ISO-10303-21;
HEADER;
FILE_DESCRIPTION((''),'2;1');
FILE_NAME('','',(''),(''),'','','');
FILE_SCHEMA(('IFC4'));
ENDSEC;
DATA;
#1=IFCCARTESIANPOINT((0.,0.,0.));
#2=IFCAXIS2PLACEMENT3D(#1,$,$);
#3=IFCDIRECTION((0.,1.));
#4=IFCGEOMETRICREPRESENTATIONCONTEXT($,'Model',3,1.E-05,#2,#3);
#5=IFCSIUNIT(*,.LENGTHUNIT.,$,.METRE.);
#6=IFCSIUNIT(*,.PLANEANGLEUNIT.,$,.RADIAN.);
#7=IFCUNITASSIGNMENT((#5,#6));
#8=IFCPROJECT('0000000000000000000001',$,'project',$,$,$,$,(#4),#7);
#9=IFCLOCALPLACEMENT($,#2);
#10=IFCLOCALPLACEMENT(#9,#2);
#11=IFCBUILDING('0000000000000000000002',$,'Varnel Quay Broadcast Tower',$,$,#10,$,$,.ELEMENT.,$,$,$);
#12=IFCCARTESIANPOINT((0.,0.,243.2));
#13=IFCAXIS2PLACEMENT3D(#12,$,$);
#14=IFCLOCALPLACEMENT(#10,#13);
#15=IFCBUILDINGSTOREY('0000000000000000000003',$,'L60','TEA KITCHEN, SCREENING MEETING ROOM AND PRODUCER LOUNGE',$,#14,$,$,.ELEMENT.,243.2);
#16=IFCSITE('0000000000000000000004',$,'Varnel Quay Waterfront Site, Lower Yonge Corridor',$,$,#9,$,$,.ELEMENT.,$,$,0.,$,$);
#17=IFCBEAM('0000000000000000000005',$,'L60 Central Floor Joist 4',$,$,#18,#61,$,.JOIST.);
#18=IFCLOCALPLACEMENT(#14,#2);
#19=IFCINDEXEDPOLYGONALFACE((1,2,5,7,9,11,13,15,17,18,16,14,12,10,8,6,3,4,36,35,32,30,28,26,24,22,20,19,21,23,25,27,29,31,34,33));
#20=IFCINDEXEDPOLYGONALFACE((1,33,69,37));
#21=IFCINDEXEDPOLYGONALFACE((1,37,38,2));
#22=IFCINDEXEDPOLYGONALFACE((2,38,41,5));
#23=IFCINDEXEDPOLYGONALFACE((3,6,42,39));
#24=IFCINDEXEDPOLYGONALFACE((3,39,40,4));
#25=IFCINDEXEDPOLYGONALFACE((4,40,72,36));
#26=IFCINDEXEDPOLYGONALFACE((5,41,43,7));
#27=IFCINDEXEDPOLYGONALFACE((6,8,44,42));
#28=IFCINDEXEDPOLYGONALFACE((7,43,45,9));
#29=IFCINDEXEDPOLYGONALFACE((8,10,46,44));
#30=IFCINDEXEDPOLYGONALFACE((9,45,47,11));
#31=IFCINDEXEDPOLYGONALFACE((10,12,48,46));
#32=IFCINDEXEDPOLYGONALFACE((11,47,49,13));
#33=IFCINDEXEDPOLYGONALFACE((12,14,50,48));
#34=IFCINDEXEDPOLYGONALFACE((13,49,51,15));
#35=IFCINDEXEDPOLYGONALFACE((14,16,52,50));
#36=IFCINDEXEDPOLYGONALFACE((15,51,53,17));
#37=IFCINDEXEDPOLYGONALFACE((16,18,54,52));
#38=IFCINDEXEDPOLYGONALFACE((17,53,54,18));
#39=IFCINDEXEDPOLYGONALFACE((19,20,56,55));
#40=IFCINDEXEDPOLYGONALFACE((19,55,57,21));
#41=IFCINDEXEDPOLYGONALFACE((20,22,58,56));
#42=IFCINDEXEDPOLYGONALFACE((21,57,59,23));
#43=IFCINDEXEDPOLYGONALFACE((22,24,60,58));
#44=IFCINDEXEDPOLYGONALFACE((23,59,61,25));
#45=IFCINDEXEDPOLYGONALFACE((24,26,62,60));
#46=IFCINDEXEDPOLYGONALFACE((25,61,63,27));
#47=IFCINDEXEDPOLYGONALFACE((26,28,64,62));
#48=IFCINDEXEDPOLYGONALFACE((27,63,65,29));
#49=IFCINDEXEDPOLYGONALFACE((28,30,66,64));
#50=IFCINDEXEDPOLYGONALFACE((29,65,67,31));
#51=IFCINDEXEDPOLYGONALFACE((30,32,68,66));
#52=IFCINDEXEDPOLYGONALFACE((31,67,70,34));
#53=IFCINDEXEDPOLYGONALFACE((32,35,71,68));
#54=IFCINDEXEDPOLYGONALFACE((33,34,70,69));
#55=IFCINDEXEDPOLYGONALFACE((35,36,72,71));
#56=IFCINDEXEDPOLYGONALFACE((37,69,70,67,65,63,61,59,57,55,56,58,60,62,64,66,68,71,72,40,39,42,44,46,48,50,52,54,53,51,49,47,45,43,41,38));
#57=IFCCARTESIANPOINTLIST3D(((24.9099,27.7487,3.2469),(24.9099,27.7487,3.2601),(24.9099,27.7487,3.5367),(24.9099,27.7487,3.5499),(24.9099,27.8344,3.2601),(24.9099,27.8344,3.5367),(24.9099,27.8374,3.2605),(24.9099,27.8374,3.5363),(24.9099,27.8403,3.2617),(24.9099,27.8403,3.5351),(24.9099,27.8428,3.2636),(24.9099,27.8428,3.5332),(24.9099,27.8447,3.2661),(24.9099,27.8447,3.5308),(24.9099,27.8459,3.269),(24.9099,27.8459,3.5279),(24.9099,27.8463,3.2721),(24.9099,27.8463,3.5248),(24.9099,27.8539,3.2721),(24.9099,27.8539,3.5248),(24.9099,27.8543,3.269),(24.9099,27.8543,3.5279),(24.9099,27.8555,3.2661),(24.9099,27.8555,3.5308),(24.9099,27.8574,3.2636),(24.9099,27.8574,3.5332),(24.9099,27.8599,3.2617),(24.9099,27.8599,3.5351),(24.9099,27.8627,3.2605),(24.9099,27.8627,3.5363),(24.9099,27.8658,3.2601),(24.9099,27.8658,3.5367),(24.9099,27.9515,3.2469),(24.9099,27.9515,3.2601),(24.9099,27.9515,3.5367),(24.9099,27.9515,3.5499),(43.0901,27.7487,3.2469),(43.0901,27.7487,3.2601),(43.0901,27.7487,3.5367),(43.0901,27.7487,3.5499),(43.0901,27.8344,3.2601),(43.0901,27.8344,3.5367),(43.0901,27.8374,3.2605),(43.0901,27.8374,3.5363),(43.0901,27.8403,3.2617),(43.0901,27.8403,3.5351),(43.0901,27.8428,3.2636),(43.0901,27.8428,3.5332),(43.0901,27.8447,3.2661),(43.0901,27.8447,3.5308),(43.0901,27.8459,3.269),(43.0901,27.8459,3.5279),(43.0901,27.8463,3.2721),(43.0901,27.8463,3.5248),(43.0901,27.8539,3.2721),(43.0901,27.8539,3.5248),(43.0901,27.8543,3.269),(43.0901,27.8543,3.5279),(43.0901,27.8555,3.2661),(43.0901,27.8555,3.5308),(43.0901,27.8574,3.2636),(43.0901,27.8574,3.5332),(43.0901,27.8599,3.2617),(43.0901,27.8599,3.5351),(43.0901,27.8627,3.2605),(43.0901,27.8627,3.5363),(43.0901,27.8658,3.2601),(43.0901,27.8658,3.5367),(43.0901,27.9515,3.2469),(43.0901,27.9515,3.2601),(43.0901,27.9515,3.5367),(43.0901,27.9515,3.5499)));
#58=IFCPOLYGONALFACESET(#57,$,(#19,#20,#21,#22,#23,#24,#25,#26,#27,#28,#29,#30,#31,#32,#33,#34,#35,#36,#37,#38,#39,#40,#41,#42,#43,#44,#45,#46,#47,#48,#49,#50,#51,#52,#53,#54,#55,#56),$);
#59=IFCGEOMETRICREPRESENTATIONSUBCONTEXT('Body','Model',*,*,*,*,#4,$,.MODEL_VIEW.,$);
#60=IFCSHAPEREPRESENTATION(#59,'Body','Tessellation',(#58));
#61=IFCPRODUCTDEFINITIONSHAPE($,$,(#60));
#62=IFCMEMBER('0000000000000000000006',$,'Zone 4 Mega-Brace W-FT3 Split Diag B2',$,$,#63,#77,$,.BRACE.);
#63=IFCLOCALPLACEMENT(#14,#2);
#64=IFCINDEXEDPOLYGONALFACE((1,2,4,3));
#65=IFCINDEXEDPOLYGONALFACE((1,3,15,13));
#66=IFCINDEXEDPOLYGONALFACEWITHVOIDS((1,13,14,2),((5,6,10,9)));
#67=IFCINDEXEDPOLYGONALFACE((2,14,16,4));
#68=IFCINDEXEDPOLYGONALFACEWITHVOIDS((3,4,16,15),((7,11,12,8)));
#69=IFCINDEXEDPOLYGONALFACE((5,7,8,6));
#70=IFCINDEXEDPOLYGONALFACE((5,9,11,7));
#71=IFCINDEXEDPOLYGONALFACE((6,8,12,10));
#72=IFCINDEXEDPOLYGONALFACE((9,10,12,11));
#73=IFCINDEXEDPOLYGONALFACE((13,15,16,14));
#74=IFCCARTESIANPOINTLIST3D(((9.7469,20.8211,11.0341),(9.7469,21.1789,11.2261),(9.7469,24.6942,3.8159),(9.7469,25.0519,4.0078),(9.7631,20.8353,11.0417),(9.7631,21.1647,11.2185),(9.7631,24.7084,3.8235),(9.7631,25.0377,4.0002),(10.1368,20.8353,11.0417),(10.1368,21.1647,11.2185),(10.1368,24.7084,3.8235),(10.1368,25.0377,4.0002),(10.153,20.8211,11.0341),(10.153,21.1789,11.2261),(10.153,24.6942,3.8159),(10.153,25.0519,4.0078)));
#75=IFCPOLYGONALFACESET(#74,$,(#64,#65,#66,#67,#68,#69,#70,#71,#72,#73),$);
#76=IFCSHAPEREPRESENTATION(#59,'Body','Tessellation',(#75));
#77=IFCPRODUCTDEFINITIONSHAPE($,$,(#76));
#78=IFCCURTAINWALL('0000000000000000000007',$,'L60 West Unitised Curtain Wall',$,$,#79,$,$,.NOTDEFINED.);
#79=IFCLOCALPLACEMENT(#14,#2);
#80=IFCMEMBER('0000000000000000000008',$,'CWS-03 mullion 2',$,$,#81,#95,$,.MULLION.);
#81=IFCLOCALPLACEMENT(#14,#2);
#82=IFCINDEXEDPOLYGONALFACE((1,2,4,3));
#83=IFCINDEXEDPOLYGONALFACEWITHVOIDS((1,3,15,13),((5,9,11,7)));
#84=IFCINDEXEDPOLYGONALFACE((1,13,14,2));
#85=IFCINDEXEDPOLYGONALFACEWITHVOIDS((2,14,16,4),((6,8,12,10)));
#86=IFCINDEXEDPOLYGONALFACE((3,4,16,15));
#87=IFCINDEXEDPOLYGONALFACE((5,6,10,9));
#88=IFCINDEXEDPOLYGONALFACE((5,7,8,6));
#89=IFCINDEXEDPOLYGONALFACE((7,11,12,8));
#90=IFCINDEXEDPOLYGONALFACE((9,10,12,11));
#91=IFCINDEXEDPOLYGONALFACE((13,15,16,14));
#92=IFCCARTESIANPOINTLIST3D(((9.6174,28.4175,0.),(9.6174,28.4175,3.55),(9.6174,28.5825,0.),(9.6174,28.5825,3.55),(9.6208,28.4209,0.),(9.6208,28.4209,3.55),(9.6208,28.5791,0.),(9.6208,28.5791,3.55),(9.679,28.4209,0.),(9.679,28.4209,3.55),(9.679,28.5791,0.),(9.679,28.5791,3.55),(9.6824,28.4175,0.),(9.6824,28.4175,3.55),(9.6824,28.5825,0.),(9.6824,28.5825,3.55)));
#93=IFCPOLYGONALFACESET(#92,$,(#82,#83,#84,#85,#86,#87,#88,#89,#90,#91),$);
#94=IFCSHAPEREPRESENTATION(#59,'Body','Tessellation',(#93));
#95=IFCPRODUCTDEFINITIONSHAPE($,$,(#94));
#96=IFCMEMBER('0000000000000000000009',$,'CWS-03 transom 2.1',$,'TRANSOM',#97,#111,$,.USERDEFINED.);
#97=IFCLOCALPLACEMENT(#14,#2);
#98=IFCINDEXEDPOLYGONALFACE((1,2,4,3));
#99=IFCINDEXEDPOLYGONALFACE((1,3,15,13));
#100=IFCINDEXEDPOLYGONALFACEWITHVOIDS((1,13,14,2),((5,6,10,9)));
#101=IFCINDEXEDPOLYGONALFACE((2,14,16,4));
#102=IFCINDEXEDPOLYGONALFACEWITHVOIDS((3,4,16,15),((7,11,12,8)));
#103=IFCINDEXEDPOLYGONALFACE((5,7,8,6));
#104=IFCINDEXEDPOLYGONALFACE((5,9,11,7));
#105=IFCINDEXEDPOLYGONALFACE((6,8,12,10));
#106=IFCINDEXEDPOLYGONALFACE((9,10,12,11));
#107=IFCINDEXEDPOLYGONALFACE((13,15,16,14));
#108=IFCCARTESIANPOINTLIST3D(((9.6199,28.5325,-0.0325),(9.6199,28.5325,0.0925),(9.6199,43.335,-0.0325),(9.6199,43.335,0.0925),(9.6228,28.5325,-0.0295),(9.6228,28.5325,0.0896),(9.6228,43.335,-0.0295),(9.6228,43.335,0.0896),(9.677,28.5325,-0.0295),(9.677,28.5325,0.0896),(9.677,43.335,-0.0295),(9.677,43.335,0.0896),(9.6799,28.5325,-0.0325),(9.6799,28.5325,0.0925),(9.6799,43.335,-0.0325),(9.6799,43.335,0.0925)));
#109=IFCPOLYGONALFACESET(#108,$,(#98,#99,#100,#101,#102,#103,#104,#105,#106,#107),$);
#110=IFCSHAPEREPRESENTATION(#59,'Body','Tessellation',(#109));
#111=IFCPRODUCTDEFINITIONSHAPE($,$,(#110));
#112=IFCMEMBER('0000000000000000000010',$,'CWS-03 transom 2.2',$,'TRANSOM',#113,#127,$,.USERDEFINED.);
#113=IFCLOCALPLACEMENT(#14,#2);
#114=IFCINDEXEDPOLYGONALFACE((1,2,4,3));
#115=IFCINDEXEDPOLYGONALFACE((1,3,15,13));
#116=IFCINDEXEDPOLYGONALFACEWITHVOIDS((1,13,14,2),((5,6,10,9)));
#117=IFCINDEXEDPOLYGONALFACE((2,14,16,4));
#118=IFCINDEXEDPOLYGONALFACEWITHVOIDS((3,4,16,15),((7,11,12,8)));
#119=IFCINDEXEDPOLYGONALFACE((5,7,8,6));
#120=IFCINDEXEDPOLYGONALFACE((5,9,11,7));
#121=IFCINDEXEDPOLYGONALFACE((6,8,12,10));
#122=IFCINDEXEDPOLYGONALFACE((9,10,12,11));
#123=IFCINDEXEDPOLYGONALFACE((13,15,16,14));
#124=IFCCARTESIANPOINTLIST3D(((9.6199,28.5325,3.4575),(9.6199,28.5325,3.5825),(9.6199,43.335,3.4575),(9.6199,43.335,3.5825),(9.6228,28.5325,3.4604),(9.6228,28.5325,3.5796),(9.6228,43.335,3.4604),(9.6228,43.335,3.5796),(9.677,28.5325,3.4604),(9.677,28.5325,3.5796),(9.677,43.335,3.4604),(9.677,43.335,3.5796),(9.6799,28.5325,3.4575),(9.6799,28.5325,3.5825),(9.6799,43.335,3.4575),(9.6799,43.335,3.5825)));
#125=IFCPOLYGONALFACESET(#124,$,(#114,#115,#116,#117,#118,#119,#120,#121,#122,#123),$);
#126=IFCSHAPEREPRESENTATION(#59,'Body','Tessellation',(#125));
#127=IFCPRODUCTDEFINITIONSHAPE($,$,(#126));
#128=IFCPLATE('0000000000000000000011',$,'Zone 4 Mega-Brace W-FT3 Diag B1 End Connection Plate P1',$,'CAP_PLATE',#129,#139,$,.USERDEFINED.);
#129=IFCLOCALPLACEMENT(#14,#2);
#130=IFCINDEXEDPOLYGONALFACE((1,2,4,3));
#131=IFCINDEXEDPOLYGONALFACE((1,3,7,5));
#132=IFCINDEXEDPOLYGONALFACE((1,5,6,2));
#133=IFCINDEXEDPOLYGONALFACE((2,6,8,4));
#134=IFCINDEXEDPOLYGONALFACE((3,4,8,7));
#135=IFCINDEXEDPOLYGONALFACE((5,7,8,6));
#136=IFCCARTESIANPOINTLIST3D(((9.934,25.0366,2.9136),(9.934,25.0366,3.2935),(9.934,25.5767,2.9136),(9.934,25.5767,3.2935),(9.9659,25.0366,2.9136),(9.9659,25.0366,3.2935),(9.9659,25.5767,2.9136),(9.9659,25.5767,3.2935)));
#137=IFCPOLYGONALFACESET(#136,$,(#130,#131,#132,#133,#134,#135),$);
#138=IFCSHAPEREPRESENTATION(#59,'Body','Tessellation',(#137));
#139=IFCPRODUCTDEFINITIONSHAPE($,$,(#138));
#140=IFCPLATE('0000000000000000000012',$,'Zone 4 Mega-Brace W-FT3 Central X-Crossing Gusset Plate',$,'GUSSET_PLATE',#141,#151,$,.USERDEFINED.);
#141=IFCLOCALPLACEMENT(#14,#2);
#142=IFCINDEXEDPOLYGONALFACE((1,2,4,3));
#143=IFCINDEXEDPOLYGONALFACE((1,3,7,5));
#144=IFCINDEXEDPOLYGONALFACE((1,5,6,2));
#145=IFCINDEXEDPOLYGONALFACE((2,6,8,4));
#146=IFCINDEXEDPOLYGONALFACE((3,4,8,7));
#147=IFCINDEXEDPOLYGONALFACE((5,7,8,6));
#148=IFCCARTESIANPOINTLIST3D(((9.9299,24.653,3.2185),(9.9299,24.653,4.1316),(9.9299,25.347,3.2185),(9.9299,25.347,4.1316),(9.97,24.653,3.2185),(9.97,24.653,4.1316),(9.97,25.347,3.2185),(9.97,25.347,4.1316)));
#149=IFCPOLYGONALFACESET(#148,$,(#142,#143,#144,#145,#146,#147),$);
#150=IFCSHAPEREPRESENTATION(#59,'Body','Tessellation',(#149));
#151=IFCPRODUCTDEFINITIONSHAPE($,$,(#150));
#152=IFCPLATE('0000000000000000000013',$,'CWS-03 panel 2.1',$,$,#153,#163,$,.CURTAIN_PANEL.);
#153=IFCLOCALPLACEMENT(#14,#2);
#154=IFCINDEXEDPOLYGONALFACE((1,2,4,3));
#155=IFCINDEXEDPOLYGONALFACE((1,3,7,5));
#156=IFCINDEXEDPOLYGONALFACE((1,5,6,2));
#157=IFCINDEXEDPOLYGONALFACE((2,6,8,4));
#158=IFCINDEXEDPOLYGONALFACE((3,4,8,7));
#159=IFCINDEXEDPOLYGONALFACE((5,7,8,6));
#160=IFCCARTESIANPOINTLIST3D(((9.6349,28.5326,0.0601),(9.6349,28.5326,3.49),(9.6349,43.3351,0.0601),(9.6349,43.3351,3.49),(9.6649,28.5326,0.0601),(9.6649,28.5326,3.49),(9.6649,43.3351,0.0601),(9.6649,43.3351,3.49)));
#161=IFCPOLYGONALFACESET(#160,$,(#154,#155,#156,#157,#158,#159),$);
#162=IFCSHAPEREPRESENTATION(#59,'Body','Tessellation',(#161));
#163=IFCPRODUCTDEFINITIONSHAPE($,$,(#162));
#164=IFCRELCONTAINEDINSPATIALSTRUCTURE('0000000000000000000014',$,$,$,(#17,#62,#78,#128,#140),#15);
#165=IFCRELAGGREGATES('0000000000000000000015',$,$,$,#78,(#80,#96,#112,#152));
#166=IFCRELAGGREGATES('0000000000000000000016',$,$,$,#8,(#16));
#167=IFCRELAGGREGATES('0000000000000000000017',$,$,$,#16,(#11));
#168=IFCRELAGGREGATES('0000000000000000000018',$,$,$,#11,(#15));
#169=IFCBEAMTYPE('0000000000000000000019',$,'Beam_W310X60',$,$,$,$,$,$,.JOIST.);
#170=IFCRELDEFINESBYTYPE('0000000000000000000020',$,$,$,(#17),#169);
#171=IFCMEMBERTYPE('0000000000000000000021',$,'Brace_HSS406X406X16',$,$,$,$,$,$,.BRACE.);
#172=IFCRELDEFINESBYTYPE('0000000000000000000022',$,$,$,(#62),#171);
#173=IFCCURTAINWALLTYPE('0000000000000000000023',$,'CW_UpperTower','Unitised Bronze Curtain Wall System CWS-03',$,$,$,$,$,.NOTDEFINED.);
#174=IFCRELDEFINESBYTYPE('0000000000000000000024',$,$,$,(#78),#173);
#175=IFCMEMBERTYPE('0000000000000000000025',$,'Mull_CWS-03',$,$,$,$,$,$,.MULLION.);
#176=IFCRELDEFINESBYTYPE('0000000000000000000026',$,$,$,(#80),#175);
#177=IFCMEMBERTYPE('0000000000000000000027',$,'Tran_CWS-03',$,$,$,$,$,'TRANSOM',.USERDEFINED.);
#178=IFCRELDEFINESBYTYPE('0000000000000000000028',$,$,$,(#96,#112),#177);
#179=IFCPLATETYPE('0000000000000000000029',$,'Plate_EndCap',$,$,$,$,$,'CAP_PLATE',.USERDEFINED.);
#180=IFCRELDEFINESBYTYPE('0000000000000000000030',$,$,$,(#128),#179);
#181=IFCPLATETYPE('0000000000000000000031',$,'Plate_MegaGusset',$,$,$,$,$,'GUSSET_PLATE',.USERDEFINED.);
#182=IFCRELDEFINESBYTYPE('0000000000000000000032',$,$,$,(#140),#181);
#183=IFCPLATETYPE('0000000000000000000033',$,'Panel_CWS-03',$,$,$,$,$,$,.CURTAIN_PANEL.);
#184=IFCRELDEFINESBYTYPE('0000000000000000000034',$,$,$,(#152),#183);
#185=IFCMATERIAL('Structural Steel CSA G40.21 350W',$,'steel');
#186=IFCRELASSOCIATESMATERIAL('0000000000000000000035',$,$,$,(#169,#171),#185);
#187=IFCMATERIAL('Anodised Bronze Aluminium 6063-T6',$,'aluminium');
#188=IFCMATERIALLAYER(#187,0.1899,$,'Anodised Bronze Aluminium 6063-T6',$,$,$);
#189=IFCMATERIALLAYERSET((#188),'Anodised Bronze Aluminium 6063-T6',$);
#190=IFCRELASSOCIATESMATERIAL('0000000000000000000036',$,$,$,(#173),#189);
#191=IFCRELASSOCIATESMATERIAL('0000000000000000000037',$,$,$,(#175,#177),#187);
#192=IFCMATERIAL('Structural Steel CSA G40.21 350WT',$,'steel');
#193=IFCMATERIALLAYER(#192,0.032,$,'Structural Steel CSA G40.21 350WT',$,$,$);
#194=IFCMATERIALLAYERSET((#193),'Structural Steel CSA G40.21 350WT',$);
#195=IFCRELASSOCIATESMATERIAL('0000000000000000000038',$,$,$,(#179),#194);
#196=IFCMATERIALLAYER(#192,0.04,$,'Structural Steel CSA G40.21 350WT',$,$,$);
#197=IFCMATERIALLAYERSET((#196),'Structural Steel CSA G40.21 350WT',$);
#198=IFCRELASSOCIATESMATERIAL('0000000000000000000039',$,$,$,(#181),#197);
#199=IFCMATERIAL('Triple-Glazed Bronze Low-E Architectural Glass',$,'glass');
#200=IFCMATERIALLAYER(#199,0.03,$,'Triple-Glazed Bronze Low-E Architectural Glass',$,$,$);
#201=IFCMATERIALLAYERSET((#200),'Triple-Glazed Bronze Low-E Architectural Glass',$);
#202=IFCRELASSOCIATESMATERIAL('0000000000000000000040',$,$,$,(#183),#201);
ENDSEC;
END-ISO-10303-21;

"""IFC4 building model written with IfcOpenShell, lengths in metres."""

from ifc_helpers import new_model, si_unit, direction, frame, origin, origin_2d, place, context, subcontext, project, spatial, rectangle, hollow_rectangle, i_section, extrude, source, transform, mapped, material, layer, layer_set, material_profile, profile_set, type_object, type_shapes, element, aggregate, save


model = new_model("IFC4")

# Units and contexts
model_context = context("Model", 3, precision=1e-05, world=origin(), true_north=direction((0.0, 1.0)))
body_context = subcontext(model_context, "Body", "Model", "MODEL_VIEW")
ifc_project = project(units=[si_unit("LENGTHUNIT", "METRE"), si_unit("PLANEANGLEUNIT", "RADIAN")], contexts=[model_context])

# Site, building, storey
site_placement = place(None, origin())
site = spatial("IfcSite", under=ifc_project, at=site_placement, Name="Varnel Quay Waterfront Site, Lower Yonge Corridor", CompositionType="ELEMENT", RefElevation=0.0)
building_placement = place(site_placement, origin())
building = spatial("IfcBuilding", under=site, at=building_placement, Name="Varnel Quay Broadcast Tower", CompositionType="ELEMENT")
storey_placement = place(building_placement, frame((0.0, 0.0, 243.2)))
storey = spatial("IfcBuildingStorey", under=building, at=storey_placement, Name="L60", Description="TEA KITCHEN, SCREENING MEETING ROOM AND PRODUCER LOUNGE", CompositionType="ELEMENT", Elevation=243.2)

# Shared definitions
ifc_material_1 = material(Name="Structural Steel CSA G40.21 350WT", Category="steel")
ifc_material_2 = material(Name="Structural Steel CSA G40.21 350W", Category="steel")

# Beam
ifc_material_profile_1 = material_profile(ifc_material_2, i_section(OverallWidth=0.2029, OverallDepth=0.303, WebThickness=0.0076, FlangeThickness=0.0132, FilletRadius=0.012, at=origin_2d()), Name="W310X60")
ifc_profile_set_1 = profile_set([ifc_material_profile_1], Name="Structural Steel CSA G40.21 350W")
beam_type_1 = type_object("IfcBeamType", Name="Beam_W310X60", PredefinedType="JOIST", material=ifc_profile_set_1)
shared_shape_1 = source(origin(), body_context, "Body", "SweptSolid", [
    extrude(i_section(OverallWidth=0.2029, OverallDepth=0.303, WebThickness=0.0076, FlangeThickness=0.0132, FilletRadius=0.012, at=origin_2d()), origin(), (0.0, 0.0, 1.0), 18.1802),
])
beam_1_placement = place(storey_placement, frame((24.9099, 27.8501, 3.3984), z_axis=(1.0, 0.0, 0.0), x_axis=(0.0, 1.0, 0.0)))
element("IfcBeam", 1, at=beam_1_placement, inside=storey, type_object=beam_type_1, Name="L60 Central Floor Joist 4", PredefinedType="JOIST", context=body_context, shape_type="MappedRepresentation", body=[
    mapped(shared_shape_1, transform((0.0, 0.0, 0.0), x_axis=(1.0, 0.0, 0.0), y_axis=(0.0, 1.0, 0.0), z_axis=(0.0, 0.0, 1.0), scale=1.0)),
])

# Member
ifc_material_profile_2 = material_profile(ifc_material_2, hollow_rectangle(XDim=0.406, YDim=0.406, WallThickness=0.0161, at=origin_2d()), Name="HSS406X406X16")
ifc_profile_set_2 = profile_set([ifc_material_profile_2], Name="Structural Steel CSA G40.21 350W")
member_type_1 = type_object("IfcMemberType", Name="Brace_HSS406X406X16", PredefinedType="BRACE", material=ifc_profile_set_2)
shared_shape_2 = source(origin(), body_context, "Body", "SweptSolid", [
    extrude(hollow_rectangle(XDim=0.406, YDim=0.406, WallThickness=0.0161, at=origin_2d()), origin(), (0.0, 0.0, 1.0), 8.1917),
])
type_shapes(member_type_1, [shared_shape_2])
member_1_placement = place(storey_placement, frame((9.95, 24.873, 3.9119), z_axis=(0.0, -0.472802, 0.881169), x_axis=(1.0, 0.0, 0.0)))
element("IfcMember", 2, at=member_1_placement, inside=storey, type_object=member_type_1, Name="Zone 4 Mega-Brace W-FT3 Split Diag B2", PredefinedType="BRACE", context=body_context, shape_type="MappedRepresentation", body=[
    mapped(shared_shape_2, transform((0.0, 0.0, 0.0), x_axis=(1.0, 0.0, 0.0), y_axis=(0.0, 1.0, 0.0), z_axis=(0.0, 0.0, 1.0), scale=1.0)),
])

# Curtain wall, members
ifc_material_3 = material(Name="Anodised Bronze Aluminium 6063-T6", Category="aluminium")
ifc_layer_1 = layer(ifc_material_3, 0.1899, Name="Anodised Bronze Aluminium 6063-T6")
ifc_layer_set_1 = layer_set([ifc_layer_1], Name="Anodised Bronze Aluminium 6063-T6")
curtain_wall_type = type_object("IfcCurtainWallType", Name="CW_UpperTower", Description="Unitised Bronze Curtain Wall System CWS-03", PredefinedType="NOTDEFINED", material=ifc_layer_set_1)
curtain_wall_placement = place(storey_placement, origin())
curtain_wall = element("IfcCurtainWall", 3, at=curtain_wall_placement, inside=storey, type_object=curtain_wall_type, Name="L60 West Unitised Curtain Wall", PredefinedType="NOTDEFINED")
ifc_material_profile_3 = material_profile(ifc_material_3, hollow_rectangle(XDim=0.0649, YDim=0.165, WallThickness=0.0034, at=origin_2d()), Name="ALU65X165X3.5")
ifc_profile_set_3 = profile_set([ifc_material_profile_3], Name="Anodised Bronze Aluminium 6063-T6")
member_type_2 = type_object("IfcMemberType", Name="Mull_CWS-03", PredefinedType="MULLION", material=ifc_profile_set_3)
shared_shape_3 = source(origin(), body_context, "Body", "SweptSolid", [
    extrude(hollow_rectangle(XDim=0.0649, YDim=0.165, WallThickness=0.0034, at=origin_2d()), origin(), (0.0, 0.0, 1.0), 3.55),
])
type_shapes(member_type_2, [shared_shape_3])
member_2_placement = place(storey_placement, frame((9.6499, 28.5, 0.0), z_axis=(0.0, 0.0, 1.0), x_axis=(-1.0, 0.0, 0.0)))
member_2 = element("IfcMember", 4, at=member_2_placement, type_object=member_type_2, Name="CWS-03 mullion 2", PredefinedType="MULLION", context=body_context, shape_type="MappedRepresentation", body=[
    mapped(shared_shape_3, transform((0.0, 0.0, 0.0), x_axis=(1.0, 0.0, 0.0), y_axis=(0.0, 1.0, 0.0), z_axis=(0.0, 0.0, 1.0), scale=1.0)),
])
ifc_material_profile_4 = material_profile(ifc_material_3, hollow_rectangle(XDim=0.0601, YDim=0.125, WallThickness=0.0029, at=origin_2d()), Name="ALU60X125X3")
ifc_profile_set_4 = profile_set([ifc_material_profile_4], Name="Anodised Bronze Aluminium 6063-T6")
member_type_3 = type_object("IfcMemberType", Name="Tran_CWS-03", ElementType="TRANSOM", PredefinedType="USERDEFINED", material=ifc_profile_set_4)
shared_shape_4 = source(origin(), body_context, "Body", "SweptSolid", [
    extrude(hollow_rectangle(XDim=0.0601, YDim=0.125, WallThickness=0.0029, at=origin_2d()), origin(), (0.0, 0.0, 1.0), 14.8025),
])
type_shapes(member_type_3, [shared_shape_4])
member_3_placement = place(storey_placement, frame((9.6499, 28.5325, 0.03), z_axis=(0.0, 1.0, 0.0), x_axis=(-1.0, 0.0, 0.0)))
member_3 = element("IfcMember", 5, at=member_3_placement, type_object=member_type_3, Name="CWS-03 transom 2.1", ObjectType="TRANSOM", PredefinedType="USERDEFINED", context=body_context, shape_type="MappedRepresentation", body=[
    mapped(shared_shape_4, transform((0.0, 0.0, 0.0), x_axis=(1.0, 0.0, 0.0), y_axis=(0.0, 1.0, 0.0), z_axis=(0.0, 0.0, 1.0), scale=1.0)),
])
member_4_placement = place(storey_placement, frame((9.6499, 28.5325, 3.52), z_axis=(0.0, 1.0, 0.0), x_axis=(-1.0, 0.0, 0.0)))
member_4 = element("IfcMember", 6, at=member_4_placement, type_object=member_type_3, Name="CWS-03 transom 2.2", ObjectType="TRANSOM", PredefinedType="USERDEFINED", context=body_context, shape_type="MappedRepresentation", body=[
    mapped(shared_shape_4, transform((0.0, 0.0, 0.0), x_axis=(1.0, 0.0, 0.0), y_axis=(0.0, 1.0, 0.0), z_axis=(0.0, 0.0, 1.0), scale=1.0)),
])

# Plates
ifc_layer_2 = layer(ifc_material_1, 0.032, Name="Structural Steel CSA G40.21 350WT")
ifc_layer_set_2 = layer_set([ifc_layer_2], Name="Structural Steel CSA G40.21 350WT")
plate_type_1 = type_object("IfcPlateType", Name="Plate_EndCap", ElementType="CAP_PLATE", PredefinedType="USERDEFINED", material=ifc_layer_set_2)
shared_shape_5 = source(origin(), body_context, "Body", "SweptSolid", [
    extrude(rectangle(XDim=0.54, YDim=0.032, at=origin_2d()), origin(), (0.0, 0.0, 1.0), 0.3799),
])
type_shapes(plate_type_1, [shared_shape_5])
plate_1_placement = place(storey_placement, frame((9.95, 25.3066, 2.9136), z_axis=(0.0, 0.0, 1.0), x_axis=(0.0, 1.0, 0.0)))
element("IfcPlate", 7, at=plate_1_placement, inside=storey, type_object=plate_type_1, Name="Zone 4 Mega-Brace W-FT3 Diag B1 End Connection Plate P1", ObjectType="CAP_PLATE", PredefinedType="USERDEFINED", context=body_context, shape_type="MappedRepresentation", body=[
    mapped(shared_shape_5, transform((0.0, 0.0, 0.0), x_axis=(1.0, 0.0, 0.0), y_axis=(0.0, 1.0, 0.0), z_axis=(0.0, 0.0, 1.0), scale=1.0)),
])
ifc_layer_3 = layer(ifc_material_1, 0.04, Name="Structural Steel CSA G40.21 350WT")
ifc_layer_set_3 = layer_set([ifc_layer_3], Name="Structural Steel CSA G40.21 350WT")
plate_type_2 = type_object("IfcPlateType", Name="Plate_MegaGusset", ElementType="GUSSET_PLATE", PredefinedType="USERDEFINED", material=ifc_layer_set_3)
shared_shape_6 = source(origin(), body_context, "Body", "SweptSolid", [
    extrude(rectangle(XDim=0.6941, YDim=0.04, at=origin_2d()), origin(), (0.0, 0.0, 1.0), 0.9131),
])
type_shapes(plate_type_2, [shared_shape_6])
plate_2_placement = place(storey_placement, frame((9.95, 25.0, 3.2185), z_axis=(0.0, 0.0, 1.0), x_axis=(0.0, 1.0, 0.0)))
element("IfcPlate", 8, at=plate_2_placement, inside=storey, type_object=plate_type_2, Name="Zone 4 Mega-Brace W-FT3 Central X-Crossing Gusset Plate", ObjectType="GUSSET_PLATE", PredefinedType="USERDEFINED", context=body_context, shape_type="MappedRepresentation", body=[
    mapped(shared_shape_6, transform((0.0, 0.0, 0.0), x_axis=(1.0, 0.0, 0.0), y_axis=(0.0, 1.0, 0.0), z_axis=(0.0, 0.0, 1.0), scale=1.0)),
])

# Plate
ifc_material_4 = material(Name="Triple-Glazed Bronze Low-E Architectural Glass", Category="glass")
ifc_layer_4 = layer(ifc_material_4, 0.03, Name="Triple-Glazed Bronze Low-E Architectural Glass")
ifc_layer_set_4 = layer_set([ifc_layer_4], Name="Triple-Glazed Bronze Low-E Architectural Glass")
plate_type_3 = type_object("IfcPlateType", Name="Panel_CWS-03", PredefinedType="CURTAIN_PANEL", material=ifc_layer_set_4)
shared_shape_7 = source(origin(), body_context, "Body", "SweptSolid", [
    extrude(rectangle(XDim=14.8025, YDim=0.03, at=origin_2d()), origin(), (0.0, 0.0, 1.0), 3.4299),
])
type_shapes(plate_type_3, [shared_shape_7])
plate_3_placement = place(storey_placement, frame((9.6499, 35.9338, 0.0601), z_axis=(0.0, 0.0, 1.0), x_axis=(0.0, 1.0, 0.0)))
plate_3 = element("IfcPlate", 9, at=plate_3_placement, type_object=plate_type_3, Name="CWS-03 panel 2.1", PredefinedType="CURTAIN_PANEL", context=body_context, shape_type="MappedRepresentation", body=[
    mapped(shared_shape_7, transform((0.0, 0.0, 0.0), x_axis=(1.0, 0.0, 0.0), y_axis=(0.0, 1.0, 0.0), z_axis=(0.0, 0.0, 1.0), scale=1.0)),
])
aggregate(curtain_wall, [member_2, member_3, member_4, plate_3])

save(model, "model.ifc")
